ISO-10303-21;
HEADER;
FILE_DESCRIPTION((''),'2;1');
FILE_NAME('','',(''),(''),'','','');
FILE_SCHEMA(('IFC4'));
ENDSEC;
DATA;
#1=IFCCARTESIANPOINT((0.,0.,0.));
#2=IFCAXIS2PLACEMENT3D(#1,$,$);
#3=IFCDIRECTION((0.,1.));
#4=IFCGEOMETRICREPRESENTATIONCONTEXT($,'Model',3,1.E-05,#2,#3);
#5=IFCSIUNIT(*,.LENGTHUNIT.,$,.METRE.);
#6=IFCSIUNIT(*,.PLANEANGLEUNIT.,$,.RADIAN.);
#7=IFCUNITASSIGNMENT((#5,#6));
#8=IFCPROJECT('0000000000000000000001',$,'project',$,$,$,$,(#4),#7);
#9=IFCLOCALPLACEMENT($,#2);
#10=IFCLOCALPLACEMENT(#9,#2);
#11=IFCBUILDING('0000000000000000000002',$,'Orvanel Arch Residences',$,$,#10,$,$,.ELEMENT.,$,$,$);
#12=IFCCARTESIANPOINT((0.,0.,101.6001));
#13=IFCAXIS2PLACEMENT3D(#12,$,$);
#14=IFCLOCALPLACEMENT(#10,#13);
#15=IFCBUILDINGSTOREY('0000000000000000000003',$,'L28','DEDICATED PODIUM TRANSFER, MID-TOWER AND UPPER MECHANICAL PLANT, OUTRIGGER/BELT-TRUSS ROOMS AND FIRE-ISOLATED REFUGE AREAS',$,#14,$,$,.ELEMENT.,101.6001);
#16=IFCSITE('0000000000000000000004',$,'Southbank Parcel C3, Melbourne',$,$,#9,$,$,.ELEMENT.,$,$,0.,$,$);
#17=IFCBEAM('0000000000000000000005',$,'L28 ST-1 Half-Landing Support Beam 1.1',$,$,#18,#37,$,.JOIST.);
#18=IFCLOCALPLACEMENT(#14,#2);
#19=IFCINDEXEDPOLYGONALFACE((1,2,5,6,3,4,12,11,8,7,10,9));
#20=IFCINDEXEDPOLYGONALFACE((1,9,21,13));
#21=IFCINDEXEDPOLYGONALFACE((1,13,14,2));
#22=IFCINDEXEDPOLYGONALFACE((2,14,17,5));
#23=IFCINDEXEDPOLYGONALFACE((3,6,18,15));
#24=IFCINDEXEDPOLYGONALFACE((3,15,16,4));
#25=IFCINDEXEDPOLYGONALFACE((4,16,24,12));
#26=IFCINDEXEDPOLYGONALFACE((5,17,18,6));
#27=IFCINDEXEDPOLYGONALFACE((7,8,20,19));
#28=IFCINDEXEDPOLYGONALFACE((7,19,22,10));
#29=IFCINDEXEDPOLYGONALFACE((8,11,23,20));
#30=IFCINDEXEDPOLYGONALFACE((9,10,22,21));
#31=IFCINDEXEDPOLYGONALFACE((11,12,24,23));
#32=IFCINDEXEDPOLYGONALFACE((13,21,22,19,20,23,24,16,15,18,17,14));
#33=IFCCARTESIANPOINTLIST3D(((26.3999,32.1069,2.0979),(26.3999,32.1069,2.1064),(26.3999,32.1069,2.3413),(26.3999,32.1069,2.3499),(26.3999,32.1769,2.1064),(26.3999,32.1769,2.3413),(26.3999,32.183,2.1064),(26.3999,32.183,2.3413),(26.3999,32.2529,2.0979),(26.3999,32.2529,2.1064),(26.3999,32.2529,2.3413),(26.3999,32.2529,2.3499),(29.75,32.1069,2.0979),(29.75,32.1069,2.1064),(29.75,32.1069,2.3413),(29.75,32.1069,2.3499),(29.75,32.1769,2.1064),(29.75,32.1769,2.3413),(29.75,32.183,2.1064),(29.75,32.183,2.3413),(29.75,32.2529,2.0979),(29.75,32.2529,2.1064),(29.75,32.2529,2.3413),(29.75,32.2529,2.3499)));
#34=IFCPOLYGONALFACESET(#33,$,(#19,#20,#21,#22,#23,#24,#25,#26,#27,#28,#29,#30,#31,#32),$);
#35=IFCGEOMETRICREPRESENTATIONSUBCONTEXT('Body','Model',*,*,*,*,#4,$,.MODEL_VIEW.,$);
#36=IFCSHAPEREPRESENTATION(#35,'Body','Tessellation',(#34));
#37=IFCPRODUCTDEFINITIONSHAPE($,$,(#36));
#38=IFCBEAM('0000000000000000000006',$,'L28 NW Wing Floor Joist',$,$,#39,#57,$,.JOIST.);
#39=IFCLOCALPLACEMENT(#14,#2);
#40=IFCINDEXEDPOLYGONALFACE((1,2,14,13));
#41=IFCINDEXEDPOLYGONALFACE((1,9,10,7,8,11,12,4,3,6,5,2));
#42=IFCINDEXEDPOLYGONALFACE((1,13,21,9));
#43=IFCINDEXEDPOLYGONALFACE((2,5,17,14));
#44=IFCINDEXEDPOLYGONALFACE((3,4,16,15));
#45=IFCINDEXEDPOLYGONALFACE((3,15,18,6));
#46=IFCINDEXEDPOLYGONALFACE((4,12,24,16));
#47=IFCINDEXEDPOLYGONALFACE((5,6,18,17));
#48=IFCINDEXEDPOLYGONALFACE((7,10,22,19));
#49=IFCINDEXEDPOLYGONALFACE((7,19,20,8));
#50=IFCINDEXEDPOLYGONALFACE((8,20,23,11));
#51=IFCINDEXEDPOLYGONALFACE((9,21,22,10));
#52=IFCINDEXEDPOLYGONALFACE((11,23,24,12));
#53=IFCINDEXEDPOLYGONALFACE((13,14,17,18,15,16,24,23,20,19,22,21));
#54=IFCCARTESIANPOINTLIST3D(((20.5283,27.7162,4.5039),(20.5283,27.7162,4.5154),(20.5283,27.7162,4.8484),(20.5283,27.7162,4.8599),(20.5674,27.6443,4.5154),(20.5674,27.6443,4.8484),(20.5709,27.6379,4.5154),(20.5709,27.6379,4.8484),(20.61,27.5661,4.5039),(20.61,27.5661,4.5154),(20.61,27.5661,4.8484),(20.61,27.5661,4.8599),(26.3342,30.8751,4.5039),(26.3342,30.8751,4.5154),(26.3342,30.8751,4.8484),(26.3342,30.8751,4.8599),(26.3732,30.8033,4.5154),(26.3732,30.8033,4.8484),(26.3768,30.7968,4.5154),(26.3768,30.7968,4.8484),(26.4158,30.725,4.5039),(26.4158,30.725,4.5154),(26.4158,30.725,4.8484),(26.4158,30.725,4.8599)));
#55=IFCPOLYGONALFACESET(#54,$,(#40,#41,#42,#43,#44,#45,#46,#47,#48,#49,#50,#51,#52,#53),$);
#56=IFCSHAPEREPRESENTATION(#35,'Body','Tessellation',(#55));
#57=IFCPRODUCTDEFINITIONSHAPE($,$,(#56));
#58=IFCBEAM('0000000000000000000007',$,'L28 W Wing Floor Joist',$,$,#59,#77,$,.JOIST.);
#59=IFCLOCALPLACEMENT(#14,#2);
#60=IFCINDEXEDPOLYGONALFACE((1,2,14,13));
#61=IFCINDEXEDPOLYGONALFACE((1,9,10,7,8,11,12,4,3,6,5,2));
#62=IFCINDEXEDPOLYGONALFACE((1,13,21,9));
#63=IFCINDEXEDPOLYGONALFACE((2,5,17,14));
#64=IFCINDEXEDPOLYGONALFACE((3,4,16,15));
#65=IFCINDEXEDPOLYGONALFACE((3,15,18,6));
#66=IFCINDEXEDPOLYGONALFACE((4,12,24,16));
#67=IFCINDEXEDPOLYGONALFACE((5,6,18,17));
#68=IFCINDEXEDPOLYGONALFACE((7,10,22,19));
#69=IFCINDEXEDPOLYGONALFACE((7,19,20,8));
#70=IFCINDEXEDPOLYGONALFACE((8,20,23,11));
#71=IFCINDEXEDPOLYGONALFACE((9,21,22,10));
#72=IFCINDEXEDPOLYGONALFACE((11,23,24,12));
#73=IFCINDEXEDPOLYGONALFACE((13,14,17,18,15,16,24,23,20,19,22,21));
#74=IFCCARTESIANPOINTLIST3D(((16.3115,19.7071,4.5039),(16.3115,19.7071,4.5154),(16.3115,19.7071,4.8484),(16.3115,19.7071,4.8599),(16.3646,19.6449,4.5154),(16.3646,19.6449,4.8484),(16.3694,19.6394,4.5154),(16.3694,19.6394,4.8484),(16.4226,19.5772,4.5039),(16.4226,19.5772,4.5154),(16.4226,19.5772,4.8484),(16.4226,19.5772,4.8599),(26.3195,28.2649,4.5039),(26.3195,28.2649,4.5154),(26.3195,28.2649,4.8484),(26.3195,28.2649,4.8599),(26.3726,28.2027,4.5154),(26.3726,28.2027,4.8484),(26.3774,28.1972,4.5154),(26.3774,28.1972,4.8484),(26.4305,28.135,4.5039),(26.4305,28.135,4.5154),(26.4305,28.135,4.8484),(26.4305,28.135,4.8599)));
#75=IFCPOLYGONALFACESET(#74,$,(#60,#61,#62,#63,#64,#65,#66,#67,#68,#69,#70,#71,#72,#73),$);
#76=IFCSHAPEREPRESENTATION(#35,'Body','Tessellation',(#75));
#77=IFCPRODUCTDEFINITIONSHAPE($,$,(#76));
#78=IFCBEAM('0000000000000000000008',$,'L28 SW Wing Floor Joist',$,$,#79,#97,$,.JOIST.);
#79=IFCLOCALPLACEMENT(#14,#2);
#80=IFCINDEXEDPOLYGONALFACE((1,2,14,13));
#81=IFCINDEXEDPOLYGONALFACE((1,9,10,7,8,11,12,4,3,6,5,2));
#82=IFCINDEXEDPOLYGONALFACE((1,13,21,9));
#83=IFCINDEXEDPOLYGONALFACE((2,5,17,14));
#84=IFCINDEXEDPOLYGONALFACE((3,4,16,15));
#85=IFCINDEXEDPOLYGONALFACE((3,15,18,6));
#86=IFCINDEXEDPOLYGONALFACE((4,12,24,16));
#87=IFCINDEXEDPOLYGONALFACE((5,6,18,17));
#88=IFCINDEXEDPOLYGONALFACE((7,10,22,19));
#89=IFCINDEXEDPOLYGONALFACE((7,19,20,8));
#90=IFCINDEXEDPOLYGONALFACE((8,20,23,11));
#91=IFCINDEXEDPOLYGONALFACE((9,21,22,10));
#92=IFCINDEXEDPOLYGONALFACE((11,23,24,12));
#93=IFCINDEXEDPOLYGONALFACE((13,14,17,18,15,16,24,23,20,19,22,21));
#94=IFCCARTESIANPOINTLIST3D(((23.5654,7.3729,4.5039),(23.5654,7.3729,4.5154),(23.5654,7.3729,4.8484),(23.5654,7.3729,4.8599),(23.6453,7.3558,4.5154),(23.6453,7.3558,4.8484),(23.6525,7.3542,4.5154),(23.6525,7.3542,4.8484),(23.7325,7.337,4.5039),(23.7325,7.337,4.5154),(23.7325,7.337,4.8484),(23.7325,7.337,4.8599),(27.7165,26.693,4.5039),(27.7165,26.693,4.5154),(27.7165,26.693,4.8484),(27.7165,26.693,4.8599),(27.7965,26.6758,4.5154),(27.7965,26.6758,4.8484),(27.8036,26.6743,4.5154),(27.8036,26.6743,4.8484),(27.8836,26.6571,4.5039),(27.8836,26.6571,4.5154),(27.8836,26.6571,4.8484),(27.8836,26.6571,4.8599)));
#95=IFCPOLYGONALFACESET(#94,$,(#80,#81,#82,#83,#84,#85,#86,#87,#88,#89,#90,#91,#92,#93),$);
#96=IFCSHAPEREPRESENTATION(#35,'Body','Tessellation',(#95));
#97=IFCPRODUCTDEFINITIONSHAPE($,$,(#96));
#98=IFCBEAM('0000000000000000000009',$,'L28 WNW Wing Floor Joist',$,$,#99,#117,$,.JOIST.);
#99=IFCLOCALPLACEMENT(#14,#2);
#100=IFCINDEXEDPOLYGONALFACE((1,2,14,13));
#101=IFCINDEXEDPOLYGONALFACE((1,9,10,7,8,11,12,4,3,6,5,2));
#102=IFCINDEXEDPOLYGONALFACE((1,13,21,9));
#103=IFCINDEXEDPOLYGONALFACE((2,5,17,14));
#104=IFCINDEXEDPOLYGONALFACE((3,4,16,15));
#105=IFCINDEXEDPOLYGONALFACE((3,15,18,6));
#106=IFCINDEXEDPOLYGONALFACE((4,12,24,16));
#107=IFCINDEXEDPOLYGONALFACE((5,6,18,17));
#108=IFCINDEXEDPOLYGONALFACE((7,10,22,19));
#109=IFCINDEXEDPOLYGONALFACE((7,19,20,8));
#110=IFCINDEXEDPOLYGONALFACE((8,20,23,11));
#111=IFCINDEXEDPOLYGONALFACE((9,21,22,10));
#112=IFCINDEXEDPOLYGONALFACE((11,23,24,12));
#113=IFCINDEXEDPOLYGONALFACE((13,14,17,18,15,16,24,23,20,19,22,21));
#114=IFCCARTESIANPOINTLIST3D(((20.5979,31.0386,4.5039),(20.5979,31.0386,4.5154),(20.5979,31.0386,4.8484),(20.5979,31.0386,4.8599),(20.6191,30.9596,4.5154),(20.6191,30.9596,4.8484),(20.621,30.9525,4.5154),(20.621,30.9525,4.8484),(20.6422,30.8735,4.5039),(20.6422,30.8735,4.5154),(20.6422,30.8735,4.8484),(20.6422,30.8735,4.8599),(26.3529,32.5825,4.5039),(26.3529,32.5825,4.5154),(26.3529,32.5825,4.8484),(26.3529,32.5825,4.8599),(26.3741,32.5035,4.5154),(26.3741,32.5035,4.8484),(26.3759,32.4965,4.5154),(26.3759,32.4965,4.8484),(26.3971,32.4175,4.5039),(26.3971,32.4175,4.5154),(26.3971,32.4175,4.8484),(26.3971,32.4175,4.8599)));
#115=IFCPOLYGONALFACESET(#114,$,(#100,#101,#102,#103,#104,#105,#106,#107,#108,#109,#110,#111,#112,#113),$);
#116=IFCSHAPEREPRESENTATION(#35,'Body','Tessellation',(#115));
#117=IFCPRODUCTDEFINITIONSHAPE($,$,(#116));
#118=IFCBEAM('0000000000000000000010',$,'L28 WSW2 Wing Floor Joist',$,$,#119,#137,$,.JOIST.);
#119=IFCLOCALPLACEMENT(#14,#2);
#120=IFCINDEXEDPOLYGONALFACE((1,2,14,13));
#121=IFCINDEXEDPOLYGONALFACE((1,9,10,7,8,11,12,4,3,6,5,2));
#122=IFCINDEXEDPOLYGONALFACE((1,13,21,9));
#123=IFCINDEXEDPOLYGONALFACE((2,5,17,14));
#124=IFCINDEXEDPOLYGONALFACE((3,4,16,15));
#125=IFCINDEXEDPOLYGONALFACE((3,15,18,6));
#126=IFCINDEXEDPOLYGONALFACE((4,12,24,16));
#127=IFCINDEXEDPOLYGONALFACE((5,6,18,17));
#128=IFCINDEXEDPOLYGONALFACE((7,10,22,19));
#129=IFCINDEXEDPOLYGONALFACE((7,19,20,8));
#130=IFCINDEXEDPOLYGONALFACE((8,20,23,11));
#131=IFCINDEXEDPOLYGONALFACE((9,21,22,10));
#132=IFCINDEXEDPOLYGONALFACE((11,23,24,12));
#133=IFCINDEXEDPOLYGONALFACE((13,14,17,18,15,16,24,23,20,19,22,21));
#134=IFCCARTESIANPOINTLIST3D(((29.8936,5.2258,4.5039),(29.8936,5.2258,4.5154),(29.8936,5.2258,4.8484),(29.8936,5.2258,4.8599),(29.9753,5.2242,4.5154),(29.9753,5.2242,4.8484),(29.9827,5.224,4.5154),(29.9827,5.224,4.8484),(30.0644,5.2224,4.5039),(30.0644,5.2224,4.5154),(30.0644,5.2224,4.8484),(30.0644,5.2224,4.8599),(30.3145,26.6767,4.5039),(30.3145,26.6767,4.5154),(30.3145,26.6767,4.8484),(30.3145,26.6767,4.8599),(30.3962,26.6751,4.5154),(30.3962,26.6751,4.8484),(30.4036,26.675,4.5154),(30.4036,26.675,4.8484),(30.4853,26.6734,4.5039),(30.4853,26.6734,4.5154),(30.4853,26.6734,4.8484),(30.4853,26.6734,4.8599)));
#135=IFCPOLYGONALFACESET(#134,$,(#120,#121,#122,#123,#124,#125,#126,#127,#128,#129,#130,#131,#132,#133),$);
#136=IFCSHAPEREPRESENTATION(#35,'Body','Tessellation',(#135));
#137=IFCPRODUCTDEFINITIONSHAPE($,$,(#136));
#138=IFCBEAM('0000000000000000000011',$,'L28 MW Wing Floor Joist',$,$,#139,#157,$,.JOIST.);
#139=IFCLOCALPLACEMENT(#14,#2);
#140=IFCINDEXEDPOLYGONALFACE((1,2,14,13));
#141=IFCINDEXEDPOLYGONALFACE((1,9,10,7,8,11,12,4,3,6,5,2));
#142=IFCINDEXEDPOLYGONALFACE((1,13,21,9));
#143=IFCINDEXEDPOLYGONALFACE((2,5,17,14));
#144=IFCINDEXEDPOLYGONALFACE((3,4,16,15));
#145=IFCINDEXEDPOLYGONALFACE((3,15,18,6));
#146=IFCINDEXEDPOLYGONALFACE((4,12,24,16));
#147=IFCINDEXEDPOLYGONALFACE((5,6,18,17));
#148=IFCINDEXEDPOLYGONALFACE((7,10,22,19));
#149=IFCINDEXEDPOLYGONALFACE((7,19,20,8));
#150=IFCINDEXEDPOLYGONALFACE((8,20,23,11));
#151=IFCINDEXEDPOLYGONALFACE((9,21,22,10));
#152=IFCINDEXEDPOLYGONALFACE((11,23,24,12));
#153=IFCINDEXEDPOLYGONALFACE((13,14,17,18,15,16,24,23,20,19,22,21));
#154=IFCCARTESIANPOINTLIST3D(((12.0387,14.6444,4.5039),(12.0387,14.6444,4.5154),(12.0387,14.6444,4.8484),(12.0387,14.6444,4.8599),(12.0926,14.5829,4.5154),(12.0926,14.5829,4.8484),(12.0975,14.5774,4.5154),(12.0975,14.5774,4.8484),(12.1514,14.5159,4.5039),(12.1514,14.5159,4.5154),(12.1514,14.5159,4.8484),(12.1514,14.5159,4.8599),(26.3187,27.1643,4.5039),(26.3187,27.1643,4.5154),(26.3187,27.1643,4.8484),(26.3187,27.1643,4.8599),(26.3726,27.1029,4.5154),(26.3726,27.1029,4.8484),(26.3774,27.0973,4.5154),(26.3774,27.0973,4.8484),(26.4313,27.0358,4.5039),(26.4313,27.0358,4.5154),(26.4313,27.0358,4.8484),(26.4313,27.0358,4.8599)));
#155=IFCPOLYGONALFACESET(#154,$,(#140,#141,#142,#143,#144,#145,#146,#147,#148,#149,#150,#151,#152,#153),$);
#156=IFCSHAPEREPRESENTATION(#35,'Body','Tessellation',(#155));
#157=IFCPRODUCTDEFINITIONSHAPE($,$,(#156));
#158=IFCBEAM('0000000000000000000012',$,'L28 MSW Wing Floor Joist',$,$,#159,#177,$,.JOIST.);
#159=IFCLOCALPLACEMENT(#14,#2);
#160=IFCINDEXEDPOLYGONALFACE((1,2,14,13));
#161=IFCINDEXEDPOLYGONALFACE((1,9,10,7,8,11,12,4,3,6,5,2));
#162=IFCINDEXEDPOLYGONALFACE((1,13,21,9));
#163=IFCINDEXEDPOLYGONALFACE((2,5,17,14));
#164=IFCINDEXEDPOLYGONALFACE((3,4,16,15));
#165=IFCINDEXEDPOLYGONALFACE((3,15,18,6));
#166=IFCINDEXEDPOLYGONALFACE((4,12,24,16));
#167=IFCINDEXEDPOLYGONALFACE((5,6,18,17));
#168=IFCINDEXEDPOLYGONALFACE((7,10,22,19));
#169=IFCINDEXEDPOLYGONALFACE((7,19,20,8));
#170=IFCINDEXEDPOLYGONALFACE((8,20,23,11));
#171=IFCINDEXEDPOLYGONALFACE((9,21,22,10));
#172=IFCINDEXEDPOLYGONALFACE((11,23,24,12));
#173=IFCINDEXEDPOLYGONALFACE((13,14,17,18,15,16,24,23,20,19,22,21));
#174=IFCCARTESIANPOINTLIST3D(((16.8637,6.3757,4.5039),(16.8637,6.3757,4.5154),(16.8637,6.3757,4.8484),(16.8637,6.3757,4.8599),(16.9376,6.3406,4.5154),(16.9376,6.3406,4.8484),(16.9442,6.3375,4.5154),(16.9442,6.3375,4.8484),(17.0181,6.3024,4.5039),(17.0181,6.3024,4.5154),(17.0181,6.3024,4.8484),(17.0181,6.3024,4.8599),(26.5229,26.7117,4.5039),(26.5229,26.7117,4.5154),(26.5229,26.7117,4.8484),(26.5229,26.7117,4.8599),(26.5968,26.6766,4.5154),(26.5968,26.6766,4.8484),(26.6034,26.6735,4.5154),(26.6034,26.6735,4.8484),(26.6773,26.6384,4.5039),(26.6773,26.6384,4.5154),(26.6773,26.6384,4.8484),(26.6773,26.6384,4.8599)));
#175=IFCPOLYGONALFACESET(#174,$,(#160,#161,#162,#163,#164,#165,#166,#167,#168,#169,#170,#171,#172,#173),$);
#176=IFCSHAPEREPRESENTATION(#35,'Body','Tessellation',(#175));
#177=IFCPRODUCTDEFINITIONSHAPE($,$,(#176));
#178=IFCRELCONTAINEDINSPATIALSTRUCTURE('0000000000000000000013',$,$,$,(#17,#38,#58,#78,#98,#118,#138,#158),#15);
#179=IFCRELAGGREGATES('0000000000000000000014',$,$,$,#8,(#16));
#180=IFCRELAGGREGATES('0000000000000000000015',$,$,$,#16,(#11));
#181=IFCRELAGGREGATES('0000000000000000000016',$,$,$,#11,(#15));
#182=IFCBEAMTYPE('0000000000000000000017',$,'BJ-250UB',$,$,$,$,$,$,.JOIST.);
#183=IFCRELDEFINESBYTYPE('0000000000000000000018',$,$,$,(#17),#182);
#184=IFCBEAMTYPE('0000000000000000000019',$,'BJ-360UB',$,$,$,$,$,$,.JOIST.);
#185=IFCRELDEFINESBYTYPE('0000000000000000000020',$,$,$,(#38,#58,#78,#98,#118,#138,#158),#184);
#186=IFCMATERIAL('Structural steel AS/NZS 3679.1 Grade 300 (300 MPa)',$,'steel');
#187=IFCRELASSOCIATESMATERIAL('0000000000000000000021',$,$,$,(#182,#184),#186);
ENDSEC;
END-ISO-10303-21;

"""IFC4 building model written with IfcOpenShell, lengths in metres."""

from ifc_helpers import new_model, si_unit, direction, frame, origin, origin_2d, place, context, subcontext, project, spatial, i_section, extrude, material, material_profile, profile_set, type_object, element, save


model = new_model("IFC4")

# Units and contexts
model_context = context("Model", 3, precision=1e-05, world=origin(), true_north=direction((0.0, 1.0)))
body_context = subcontext(model_context, "Body", "Model", "MODEL_VIEW")
ifc_project = project(units=[si_unit("LENGTHUNIT", "METRE"), si_unit("PLANEANGLEUNIT", "RADIAN")], contexts=[model_context])

# Site, building, storey
site_placement = place(None, origin())
site = spatial("IfcSite", under=ifc_project, at=site_placement, Name="Southbank Parcel C3, Melbourne", CompositionType="ELEMENT", RefElevation=0.0)
building_placement = place(site_placement, origin())
building = spatial("IfcBuilding", under=site, at=building_placement, Name="Orvanel Arch Residences", CompositionType="ELEMENT")
storey_placement = place(building_placement, frame((0.0, 0.0, 101.6001)))
storey = spatial("IfcBuildingStorey", under=building, at=storey_placement, Name="L28", Description="DEDICATED PODIUM TRANSFER, MID-TOWER AND UPPER MECHANICAL PLANT, OUTRIGGER/BELT-TRUSS ROOMS AND FIRE-ISOLATED REFUGE AREAS", CompositionType="ELEMENT", Elevation=101.6001)

# Beams
ifc_material_1 = material(Name="Structural steel AS/NZS 3679.1 Grade 300 (300 MPa)", Category="steel")
ifc_material_profile_1 = material_profile(ifc_material_1, i_section(OverallWidth=0.146, OverallDepth=0.252, WebThickness=0.0061, FlangeThickness=0.0085, at=origin_2d()), Name="250UB31.4")
ifc_profile_set_1 = profile_set([ifc_material_profile_1], Name="Structural steel AS/NZS 3679.1 Grade 300 (300 MPa)")
beam_type_1 = type_object("IfcBeamType", Name="BJ-250UB", PredefinedType="JOIST", material=ifc_profile_set_1)
beam_1_placement = place(storey_placement, frame((26.3999, 32.1799, 2.2239), z_axis=(1.0, 0.0, 0.0), x_axis=(0.0, 1.0, 0.0)))
element("IfcBeam", 1, at=beam_1_placement, inside=storey, type_object=beam_type_1, Name="L28 ST-1 Half-Landing Support Beam 1.1", PredefinedType="JOIST", context=body_context, shape_type="SweptSolid", body=[
    extrude(i_section(OverallWidth=0.146, OverallDepth=0.252, WebThickness=0.0061, FlangeThickness=0.0085, at=origin_2d()), origin(), (0.0, 0.0, 1.0), 3.3501),
])
ifc_material_profile_2 = material_profile(ifc_material_1, i_section(OverallWidth=0.1709, OverallDepth=0.356, WebThickness=0.0073, FlangeThickness=0.0115, at=origin_2d()), Name="360UB50.7")
ifc_profile_set_2 = profile_set([ifc_material_profile_2], Name="Structural steel AS/NZS 3679.1 Grade 300 (300 MPa)")
beam_type_2 = type_object("IfcBeamType", Name="BJ-360UB", PredefinedType="JOIST", material=ifc_profile_set_2)
beam_2_placement = place(storey_placement, frame((26.375, 30.8, 4.6819), z_axis=(-0.878399, -0.477928, 0.0), x_axis=(0.477928, -0.878399, 0.0)))
element("IfcBeam", 2, at=beam_2_placement, inside=storey, type_object=beam_type_2, Name="L28 NW Wing Floor Joist", PredefinedType="JOIST", context=body_context, shape_type="SweptSolid", body=[
    extrude(i_section(OverallWidth=0.1709, OverallDepth=0.356, WebThickness=0.0073, FlangeThickness=0.0115, at=origin_2d()), origin(), (0.0, 0.0, 1.0), 6.6096),
])
beam_3_placement = place(storey_placement, frame((26.375, 28.2, 4.6819), z_axis=(-0.760024, -0.649895, 0.0), x_axis=(0.649895, -0.760024, 0.0)))
element("IfcBeam", 3, at=beam_3_placement, inside=storey, type_object=beam_type_2, Name="L28 W Wing Floor Joist", PredefinedType="JOIST", context=body_context, shape_type="SweptSolid", body=[
    extrude(i_section(OverallWidth=0.1709, OverallDepth=0.356, WebThickness=0.0073, FlangeThickness=0.0115, at=origin_2d()), origin(), (0.0, 0.0, 1.0), 13.168),
])
beam_4_placement = place(storey_placement, frame((27.8, 26.675, 4.6819), z_axis=(-0.210067, -0.977687, 0.0), x_axis=(0.977687, -0.210067, 0.0)))
element("IfcBeam", 4, at=beam_4_placement, inside=storey, type_object=beam_type_2, Name="L28 SW Wing Floor Joist", PredefinedType="JOIST", context=body_context, shape_type="SweptSolid", body=[
    extrude(i_section(OverallWidth=0.1709, OverallDepth=0.356, WebThickness=0.0073, FlangeThickness=0.0115, at=origin_2d()), origin(), (0.0, 0.0, 1.0), 19.761),
])
beam_5_placement = place(storey_placement, frame((26.375, 32.5, 4.6819), z_axis=(-0.965845, -0.259121, 0.0), x_axis=(0.259121, -0.965845, 0.0)))
element("IfcBeam", 5, at=beam_5_placement, inside=storey, type_object=beam_type_2, Name="L28 WNW Wing Floor Joist", PredefinedType="JOIST", context=body_context, shape_type="SweptSolid", body=[
    extrude(i_section(OverallWidth=0.1709, OverallDepth=0.356, WebThickness=0.0073, FlangeThickness=0.0115, at=origin_2d()), origin(), (0.0, 0.0, 1.0), 5.9585),
])
beam_6_placement = place(storey_placement, frame((30.3999, 26.675, 4.6819), z_axis=(-0.019618, -0.999808, 0.0), x_axis=(0.999808, -0.019618, 0.0)))
element("IfcBeam", 6, at=beam_6_placement, inside=storey, type_object=beam_type_2, Name="L28 WSW2 Wing Floor Joist", PredefinedType="JOIST", context=body_context, shape_type="SweptSolid", body=[
    extrude(i_section(OverallWidth=0.1709, OverallDepth=0.356, WebThickness=0.0073, FlangeThickness=0.0115, at=origin_2d()), origin(), (0.0, 0.0, 1.0), 21.4551),
])
beam_7_placement = place(storey_placement, frame((26.375, 27.1001, 4.6819), z_axis=(-0.751924, -0.65925, 0.0), x_axis=(0.65925, -0.751924, 0.0)))
element("IfcBeam", 7, at=beam_7_placement, inside=storey, type_object=beam_type_2, Name="L28 MW Wing Floor Joist", PredefinedType="JOIST", context=body_context, shape_type="SweptSolid", body=[
    extrude(i_section(OverallWidth=0.1709, OverallDepth=0.356, WebThickness=0.0073, FlangeThickness=0.0115, at=origin_2d()), origin(), (0.0, 0.0, 1.0), 18.9912),
])
beam_8_placement = place(storey_placement, frame((26.6001, 26.675, 4.6819), z_axis=(-0.429043, -0.903284, 0.0), x_axis=(0.903284, -0.429043, 0.0)))
element("IfcBeam", 8, at=beam_8_placement, inside=storey, type_object=beam_type_2, Name="L28 MSW Wing Floor Joist", PredefinedType="JOIST", context=body_context, shape_type="SweptSolid", body=[
    extrude(i_section(OverallWidth=0.1709, OverallDepth=0.356, WebThickness=0.0073, FlangeThickness=0.0115, at=origin_2d()), origin(), (0.0, 0.0, 1.0), 22.5134),
])

save(model, "model.ifc")
